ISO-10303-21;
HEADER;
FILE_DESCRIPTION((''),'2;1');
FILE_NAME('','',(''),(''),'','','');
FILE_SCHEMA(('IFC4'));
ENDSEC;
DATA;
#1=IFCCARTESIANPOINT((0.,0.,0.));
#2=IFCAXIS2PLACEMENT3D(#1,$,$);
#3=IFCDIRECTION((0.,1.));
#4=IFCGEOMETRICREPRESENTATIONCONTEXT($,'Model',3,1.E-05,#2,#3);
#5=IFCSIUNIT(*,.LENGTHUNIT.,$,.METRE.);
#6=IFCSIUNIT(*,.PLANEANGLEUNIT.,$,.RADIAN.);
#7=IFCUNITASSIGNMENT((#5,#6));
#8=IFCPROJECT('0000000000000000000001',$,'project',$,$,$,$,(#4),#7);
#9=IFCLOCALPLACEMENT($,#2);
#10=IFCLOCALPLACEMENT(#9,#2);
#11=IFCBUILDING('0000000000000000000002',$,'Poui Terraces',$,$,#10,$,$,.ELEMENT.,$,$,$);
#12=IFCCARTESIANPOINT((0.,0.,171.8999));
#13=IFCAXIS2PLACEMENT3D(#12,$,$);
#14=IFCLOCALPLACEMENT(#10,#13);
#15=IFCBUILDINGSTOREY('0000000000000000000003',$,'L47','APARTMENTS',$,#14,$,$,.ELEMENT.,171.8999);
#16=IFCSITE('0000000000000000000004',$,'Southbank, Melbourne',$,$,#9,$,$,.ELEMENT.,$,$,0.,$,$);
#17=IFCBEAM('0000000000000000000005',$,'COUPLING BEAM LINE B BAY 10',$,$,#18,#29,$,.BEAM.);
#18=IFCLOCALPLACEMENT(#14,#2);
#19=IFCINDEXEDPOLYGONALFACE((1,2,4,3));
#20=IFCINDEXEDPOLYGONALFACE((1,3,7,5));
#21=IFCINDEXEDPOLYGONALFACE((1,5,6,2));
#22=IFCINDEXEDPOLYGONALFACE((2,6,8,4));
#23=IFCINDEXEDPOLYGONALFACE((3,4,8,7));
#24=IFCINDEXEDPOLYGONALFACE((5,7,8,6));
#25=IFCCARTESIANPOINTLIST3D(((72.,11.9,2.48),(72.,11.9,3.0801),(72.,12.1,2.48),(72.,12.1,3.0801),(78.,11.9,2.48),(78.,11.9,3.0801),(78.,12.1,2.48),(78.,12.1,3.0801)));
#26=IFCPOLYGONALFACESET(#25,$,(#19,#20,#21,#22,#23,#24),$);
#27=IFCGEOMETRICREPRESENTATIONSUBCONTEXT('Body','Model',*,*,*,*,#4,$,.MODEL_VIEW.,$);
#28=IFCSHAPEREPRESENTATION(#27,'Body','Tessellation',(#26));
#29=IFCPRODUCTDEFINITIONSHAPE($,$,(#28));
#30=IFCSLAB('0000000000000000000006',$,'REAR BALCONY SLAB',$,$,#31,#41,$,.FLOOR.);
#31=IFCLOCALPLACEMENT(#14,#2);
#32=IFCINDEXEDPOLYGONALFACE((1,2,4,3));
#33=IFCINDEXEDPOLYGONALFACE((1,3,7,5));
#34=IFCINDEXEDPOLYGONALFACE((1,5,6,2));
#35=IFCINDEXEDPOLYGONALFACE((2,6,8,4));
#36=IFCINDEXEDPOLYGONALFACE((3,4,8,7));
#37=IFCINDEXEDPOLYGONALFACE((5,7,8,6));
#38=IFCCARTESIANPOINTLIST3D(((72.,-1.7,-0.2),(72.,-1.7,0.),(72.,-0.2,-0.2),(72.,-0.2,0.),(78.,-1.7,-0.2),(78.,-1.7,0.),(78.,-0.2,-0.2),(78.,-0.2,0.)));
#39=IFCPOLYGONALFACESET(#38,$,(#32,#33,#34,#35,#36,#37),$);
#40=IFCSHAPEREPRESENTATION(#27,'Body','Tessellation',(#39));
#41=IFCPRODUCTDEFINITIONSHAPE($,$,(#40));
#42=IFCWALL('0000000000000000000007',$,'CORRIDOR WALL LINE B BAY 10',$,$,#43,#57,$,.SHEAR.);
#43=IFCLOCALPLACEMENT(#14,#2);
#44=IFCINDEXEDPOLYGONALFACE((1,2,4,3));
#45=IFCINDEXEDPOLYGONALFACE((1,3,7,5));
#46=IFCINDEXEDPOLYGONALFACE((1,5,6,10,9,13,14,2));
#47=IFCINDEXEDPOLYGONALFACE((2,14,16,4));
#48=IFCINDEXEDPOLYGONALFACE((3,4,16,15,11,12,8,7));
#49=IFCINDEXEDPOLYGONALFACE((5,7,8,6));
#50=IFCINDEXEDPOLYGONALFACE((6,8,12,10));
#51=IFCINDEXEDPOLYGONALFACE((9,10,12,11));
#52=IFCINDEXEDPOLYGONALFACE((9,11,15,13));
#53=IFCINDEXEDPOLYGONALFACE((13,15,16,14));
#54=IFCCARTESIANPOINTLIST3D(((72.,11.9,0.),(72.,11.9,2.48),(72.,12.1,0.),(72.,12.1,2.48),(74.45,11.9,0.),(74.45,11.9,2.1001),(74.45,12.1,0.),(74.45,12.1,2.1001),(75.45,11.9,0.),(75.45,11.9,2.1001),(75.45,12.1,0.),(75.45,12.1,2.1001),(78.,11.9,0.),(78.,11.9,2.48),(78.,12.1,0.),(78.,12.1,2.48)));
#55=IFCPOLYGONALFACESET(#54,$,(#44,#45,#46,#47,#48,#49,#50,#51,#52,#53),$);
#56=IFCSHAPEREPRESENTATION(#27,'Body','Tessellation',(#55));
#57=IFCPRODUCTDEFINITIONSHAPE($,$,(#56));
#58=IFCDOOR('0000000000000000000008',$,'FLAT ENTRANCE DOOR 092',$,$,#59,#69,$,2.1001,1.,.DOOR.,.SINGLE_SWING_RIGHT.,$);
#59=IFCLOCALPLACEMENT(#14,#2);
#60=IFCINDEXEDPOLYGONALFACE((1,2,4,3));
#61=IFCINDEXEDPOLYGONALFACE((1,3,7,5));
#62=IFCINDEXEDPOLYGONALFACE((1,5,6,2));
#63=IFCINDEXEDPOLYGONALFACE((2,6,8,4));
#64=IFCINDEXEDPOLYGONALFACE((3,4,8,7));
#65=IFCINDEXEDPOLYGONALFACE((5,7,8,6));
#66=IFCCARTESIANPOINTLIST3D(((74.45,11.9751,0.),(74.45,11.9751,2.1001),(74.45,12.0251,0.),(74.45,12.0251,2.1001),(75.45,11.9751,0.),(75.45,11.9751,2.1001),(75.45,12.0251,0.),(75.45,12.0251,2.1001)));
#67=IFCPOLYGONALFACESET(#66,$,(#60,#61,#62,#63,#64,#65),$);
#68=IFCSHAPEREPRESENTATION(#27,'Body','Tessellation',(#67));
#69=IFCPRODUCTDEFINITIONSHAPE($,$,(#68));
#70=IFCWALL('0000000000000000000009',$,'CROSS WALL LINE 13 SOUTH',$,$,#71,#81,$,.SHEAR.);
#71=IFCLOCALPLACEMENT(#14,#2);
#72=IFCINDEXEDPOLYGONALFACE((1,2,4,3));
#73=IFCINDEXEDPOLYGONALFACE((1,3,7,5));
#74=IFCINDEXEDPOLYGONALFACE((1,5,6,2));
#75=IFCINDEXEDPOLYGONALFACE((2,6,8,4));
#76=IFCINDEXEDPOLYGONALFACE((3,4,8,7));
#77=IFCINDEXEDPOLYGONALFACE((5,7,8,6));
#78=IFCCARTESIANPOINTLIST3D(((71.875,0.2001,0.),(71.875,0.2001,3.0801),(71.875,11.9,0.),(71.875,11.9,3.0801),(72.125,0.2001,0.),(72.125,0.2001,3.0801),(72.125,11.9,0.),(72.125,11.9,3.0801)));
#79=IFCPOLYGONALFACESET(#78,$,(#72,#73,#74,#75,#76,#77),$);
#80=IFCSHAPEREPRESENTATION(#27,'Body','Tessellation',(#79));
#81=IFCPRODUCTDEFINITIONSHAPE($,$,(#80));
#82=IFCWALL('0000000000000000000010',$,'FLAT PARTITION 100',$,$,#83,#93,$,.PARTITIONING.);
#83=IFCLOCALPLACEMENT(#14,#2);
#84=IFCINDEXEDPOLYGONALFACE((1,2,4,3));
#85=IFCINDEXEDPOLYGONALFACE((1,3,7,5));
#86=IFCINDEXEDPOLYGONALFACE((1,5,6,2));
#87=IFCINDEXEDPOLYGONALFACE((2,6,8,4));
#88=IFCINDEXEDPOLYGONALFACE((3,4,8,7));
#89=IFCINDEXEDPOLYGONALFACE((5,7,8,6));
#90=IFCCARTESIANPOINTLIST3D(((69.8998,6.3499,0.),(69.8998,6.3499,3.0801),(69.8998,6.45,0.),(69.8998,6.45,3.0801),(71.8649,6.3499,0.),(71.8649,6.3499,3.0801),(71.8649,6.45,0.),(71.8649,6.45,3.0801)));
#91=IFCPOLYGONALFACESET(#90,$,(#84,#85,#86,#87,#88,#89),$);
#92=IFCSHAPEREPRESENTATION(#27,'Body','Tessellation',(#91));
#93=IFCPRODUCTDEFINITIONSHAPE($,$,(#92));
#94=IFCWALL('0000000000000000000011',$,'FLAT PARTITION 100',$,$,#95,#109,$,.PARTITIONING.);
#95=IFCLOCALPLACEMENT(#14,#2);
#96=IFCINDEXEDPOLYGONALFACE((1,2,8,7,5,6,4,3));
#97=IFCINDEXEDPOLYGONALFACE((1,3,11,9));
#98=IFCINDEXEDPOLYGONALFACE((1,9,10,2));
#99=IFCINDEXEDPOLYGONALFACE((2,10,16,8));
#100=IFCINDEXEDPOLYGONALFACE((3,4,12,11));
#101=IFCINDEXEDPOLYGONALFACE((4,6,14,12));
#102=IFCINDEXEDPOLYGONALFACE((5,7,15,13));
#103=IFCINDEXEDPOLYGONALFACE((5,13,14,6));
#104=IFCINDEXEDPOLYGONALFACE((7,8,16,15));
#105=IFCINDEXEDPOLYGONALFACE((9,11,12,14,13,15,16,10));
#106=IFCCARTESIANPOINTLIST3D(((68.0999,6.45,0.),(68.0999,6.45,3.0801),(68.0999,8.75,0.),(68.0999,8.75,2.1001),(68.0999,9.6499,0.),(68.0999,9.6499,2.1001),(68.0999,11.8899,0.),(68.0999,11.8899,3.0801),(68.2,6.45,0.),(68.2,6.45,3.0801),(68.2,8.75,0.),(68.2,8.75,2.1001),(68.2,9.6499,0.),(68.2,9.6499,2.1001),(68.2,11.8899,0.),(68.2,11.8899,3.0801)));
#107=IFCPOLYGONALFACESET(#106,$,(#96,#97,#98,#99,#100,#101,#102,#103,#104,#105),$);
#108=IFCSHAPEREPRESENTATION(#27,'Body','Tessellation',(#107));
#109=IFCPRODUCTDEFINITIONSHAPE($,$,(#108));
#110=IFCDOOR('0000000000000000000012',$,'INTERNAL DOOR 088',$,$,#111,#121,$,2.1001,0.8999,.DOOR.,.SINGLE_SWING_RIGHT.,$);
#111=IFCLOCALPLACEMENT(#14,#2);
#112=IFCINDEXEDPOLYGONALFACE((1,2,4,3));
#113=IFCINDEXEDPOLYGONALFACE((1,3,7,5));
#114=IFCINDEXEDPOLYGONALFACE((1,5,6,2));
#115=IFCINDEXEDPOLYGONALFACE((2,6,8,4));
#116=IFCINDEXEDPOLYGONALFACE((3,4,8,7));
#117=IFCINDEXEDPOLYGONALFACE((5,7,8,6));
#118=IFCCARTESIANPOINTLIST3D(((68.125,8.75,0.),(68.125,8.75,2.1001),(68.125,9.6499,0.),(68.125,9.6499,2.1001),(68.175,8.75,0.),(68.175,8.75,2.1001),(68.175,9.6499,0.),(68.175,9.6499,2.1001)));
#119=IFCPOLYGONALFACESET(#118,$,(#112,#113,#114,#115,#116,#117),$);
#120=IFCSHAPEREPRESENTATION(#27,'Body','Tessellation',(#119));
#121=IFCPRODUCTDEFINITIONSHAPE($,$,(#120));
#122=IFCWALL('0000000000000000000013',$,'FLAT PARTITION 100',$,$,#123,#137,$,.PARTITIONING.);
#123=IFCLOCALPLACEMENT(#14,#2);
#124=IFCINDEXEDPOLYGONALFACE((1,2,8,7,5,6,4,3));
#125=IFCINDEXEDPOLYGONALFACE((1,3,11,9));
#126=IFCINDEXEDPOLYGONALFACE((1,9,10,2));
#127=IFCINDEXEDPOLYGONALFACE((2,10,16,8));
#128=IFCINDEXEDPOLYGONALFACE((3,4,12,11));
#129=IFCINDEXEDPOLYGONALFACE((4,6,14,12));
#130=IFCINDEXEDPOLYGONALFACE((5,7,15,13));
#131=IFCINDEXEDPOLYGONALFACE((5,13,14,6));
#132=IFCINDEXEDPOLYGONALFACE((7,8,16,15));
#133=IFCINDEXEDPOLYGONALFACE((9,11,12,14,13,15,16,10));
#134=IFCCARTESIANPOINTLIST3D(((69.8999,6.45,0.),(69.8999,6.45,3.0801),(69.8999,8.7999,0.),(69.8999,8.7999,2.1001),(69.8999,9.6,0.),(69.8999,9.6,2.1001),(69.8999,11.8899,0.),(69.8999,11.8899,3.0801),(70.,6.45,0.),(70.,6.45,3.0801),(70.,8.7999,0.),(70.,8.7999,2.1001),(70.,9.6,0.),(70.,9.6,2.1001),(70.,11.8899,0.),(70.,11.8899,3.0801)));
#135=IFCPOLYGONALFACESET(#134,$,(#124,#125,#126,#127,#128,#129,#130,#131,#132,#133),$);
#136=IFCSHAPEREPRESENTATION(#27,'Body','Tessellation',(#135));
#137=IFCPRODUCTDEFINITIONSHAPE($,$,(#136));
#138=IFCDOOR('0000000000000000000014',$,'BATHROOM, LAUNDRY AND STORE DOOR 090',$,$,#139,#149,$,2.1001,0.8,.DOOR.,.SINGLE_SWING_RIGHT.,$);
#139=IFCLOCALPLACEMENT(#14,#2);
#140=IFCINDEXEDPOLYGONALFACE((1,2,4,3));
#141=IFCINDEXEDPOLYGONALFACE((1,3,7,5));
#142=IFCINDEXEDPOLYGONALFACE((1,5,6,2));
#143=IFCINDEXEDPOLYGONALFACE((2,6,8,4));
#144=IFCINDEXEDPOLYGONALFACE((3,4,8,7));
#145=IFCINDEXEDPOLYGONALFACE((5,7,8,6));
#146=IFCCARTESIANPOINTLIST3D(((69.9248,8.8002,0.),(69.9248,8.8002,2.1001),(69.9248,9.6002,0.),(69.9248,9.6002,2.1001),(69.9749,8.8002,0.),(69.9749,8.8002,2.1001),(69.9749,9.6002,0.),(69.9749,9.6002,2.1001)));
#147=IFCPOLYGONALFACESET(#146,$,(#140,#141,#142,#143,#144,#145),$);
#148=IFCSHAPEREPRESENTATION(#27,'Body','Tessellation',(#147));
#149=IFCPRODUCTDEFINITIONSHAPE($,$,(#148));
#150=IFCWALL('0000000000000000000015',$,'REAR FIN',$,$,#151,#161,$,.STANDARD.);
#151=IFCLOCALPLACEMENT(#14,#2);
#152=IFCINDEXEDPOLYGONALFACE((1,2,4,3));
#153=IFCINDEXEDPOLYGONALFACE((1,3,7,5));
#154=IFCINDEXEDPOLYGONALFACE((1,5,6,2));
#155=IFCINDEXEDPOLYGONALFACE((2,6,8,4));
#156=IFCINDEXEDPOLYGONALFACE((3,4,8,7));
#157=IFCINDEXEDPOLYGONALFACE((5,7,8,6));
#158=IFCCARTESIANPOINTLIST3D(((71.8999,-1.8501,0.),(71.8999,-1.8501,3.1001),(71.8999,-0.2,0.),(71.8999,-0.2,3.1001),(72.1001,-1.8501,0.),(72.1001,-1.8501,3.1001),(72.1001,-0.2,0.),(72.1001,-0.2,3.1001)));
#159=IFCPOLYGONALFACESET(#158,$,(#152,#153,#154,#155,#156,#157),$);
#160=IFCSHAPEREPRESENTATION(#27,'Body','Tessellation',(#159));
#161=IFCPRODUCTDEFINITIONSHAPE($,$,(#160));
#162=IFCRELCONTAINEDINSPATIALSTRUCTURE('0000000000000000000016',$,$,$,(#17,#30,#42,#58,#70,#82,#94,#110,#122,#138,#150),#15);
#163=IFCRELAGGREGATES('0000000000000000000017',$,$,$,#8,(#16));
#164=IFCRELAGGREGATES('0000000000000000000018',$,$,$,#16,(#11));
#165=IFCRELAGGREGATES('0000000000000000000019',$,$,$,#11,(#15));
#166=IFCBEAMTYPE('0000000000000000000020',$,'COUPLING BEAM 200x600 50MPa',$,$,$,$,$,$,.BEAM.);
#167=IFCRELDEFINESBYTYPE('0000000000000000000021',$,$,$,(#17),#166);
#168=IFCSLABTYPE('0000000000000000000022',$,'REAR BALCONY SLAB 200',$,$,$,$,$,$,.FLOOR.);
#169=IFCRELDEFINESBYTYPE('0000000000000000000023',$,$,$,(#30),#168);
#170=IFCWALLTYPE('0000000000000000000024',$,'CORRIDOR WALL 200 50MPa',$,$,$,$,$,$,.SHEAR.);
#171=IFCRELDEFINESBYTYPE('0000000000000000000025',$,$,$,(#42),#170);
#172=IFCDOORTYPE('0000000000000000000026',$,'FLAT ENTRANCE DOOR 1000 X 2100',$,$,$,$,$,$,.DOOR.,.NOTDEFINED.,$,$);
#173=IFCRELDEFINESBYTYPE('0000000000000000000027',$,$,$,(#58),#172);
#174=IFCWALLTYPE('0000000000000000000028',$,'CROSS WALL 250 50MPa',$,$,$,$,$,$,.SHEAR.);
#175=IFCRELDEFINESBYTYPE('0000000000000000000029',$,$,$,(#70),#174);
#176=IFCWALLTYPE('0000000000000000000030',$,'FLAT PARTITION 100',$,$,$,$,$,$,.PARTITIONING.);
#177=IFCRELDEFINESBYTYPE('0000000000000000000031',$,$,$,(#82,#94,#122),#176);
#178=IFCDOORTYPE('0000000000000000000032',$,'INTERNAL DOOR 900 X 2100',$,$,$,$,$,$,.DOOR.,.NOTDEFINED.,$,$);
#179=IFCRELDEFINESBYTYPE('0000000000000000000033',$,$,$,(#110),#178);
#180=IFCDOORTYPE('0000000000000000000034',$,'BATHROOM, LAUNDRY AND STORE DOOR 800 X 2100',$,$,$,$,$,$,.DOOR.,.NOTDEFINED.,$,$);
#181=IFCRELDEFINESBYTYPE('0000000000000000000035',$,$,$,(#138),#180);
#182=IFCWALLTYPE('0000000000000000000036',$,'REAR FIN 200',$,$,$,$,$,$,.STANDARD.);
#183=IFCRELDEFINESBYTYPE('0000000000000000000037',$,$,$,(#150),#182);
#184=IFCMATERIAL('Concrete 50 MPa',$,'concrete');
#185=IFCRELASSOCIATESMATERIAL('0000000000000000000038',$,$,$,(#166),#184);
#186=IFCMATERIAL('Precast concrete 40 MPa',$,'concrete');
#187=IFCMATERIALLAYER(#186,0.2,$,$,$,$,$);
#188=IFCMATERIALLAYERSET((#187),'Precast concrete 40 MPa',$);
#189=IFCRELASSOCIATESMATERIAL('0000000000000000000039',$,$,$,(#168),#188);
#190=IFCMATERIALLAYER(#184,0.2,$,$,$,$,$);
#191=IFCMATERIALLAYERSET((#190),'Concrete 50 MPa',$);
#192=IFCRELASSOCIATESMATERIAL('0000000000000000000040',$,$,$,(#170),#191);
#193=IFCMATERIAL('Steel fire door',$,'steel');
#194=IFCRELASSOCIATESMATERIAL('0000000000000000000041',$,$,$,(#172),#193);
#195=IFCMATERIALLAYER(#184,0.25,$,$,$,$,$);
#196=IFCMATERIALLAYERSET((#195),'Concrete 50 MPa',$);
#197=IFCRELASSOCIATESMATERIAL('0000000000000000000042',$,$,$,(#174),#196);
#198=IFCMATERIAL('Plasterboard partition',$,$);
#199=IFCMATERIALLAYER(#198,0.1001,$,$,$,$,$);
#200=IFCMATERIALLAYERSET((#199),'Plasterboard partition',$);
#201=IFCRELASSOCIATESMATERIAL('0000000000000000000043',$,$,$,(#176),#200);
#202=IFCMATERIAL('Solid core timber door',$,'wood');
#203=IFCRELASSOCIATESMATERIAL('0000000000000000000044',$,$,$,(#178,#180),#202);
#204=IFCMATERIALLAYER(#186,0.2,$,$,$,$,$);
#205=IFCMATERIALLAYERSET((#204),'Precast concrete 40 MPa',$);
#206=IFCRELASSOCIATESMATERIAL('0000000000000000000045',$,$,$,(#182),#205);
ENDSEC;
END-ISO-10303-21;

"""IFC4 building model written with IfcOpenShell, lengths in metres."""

from ifc_helpers import new_model, si_unit, direction, frame, frame_2d, origin, origin_2d, place, context, subcontext, project, spatial, polyline, rectangle, outline, extrude, source, transform, mapped, material, layer, layer_set, material_profile, profile_set, type_object, element, fill, save


model = new_model("IFC4")

# Units and contexts
model_context = context("Model", 3, precision=1e-05, world=origin(), true_north=direction((0.0, 1.0)))
body_context = subcontext(model_context, "Body", "Model", "MODEL_VIEW")
ifc_project = project(units=[si_unit("LENGTHUNIT", "METRE"), si_unit("PLANEANGLEUNIT", "RADIAN")], contexts=[model_context])

# Site, building, storey
site_placement = place(None, origin())
site = spatial("IfcSite", under=ifc_project, at=site_placement, Name="Southbank, Melbourne", CompositionType="ELEMENT", RefElevation=0.0)
building_placement = place(site_placement, origin())
building = spatial("IfcBuilding", under=site, at=building_placement, Name="Poui Terraces", CompositionType="ELEMENT")
storey_placement = place(building_placement, frame((0.0, 0.0, 171.8999)))
storey = spatial("IfcBuildingStorey", under=building, at=storey_placement, Name="L47", Description="APARTMENTS", CompositionType="ELEMENT", Elevation=171.8999)

# Beam
ifc_material_1 = material(Name="Concrete 50 MPa", Category="concrete")
ifc_material_profile = material_profile(ifc_material_1, rectangle(XDim=0.2, YDim=0.6001, at=origin_2d()), Name="RC 200x600")
ifc_profile_set = profile_set([ifc_material_profile], Name="Concrete 50 MPa")
beam_type = type_object("IfcBeamType", Name="COUPLING BEAM 200x600 50MPa", PredefinedType="BEAM", material=ifc_profile_set)
shared_shape_1 = source(origin(), body_context, "Body", "SweptSolid", [
    extrude(rectangle(XDim=0.2, YDim=0.6001, at=origin_2d()), origin(), (0.0, 0.0, 1.0), 6.0),
])
beam_placement = place(storey_placement, frame((72.0, 12.0, 2.78), z_axis=(1.0, 0.0, 0.0), x_axis=(0.0, 1.0, 0.0)))
element("IfcBeam", 1, at=beam_placement, inside=storey, type_object=beam_type, Name="COUPLING BEAM LINE B BAY 10", PredefinedType="BEAM", context=body_context, shape_type="MappedRepresentation", body=[
    mapped(shared_shape_1, transform((0.0, 0.0, 0.0))),
])

# Slab
ifc_material_2 = material(Name="Precast concrete 40 MPa", Category="concrete")
ifc_layer_1 = layer(ifc_material_2, 0.2)
ifc_layer_set_1 = layer_set([ifc_layer_1], Name="Precast concrete 40 MPa")
slab_type = type_object("IfcSlabType", Name="REAR BALCONY SLAB 200", PredefinedType="FLOOR", material=ifc_layer_set_1)
shared_shape_2 = source(origin(), body_context, "Body", "SweptSolid", [
    extrude(outline(polyline([(0.0, 0.0), (6.0, 0.0), (6.0, 1.5), (0.0, 1.5), (0.0, 0.0)])), origin(), (0.0, 0.0, 1.0), 0.2),
])
slab_placement = place(storey_placement, frame((72.0, -1.7, -0.2)))
element("IfcSlab", 2, at=slab_placement, inside=storey, type_object=slab_type, Name="REAR BALCONY SLAB", PredefinedType="FLOOR", context=body_context, shape_type="MappedRepresentation", body=[
    mapped(shared_shape_2, transform((0.0, 0.0, 0.0))),
])

# Wall, opening, door
ifc_layer_2 = layer(ifc_material_1, 0.2)
ifc_layer_set_2 = layer_set([ifc_layer_2], Name="Concrete 50 MPa")
wall_type_1 = type_object("IfcWallType", Name="CORRIDOR WALL 200 50MPa", PredefinedType="SHEAR", material=ifc_layer_set_2)
wall_1_placement = place(storey_placement, frame((72.0, 12.0, 0.0), z_axis=(0.0, 0.0, 1.0), x_axis=(1.0, 0.0, 0.0)))
wall_1 = element("IfcWall", 3, at=wall_1_placement, inside=storey, type_object=wall_type_1, Name="CORRIDOR WALL LINE B BAY 10", PredefinedType="SHEAR", context=body_context, shape_type="SweptSolid", body=[
    extrude(rectangle(XDim=6.0, YDim=0.2, at=frame_2d((3.0, 0.0))), origin(), (0.0, 0.0, 1.0), 2.48),
])
opening_1_placement = place(wall_1_placement, frame((2.45, 0.0, 0.0)))
opening_1 = element("IfcOpeningElement", 4, at=opening_1_placement, cuts=wall_1, PredefinedType="OPENING", context=body_context, shape_type="SweptSolid", body=[
    extrude(rectangle(XDim=1.0, YDim=2.1001, at=frame_2d((0.5, 1.05))), frame((0.0, 0.1099, 0.0), z_axis=(0.0, -1.0, 0.0), x_axis=(1.0, 0.0, 0.0)), (0.0, 0.0, 1.0), 0.22),
])
ifc_material_3 = material(Name="Steel fire door", Category="steel")
door_type_1 = type_object("IfcDoorType", Name="FLAT ENTRANCE DOOR 1000 X 2100", OperationType="NOTDEFINED", PredefinedType="DOOR", material=ifc_material_3)
door_1_placement = place(opening_1_placement, frame((1.0, 0.0, 0.0), z_axis=(0.0, 0.0, 1.0), x_axis=(-1.0, 0.0, 0.0)))
door_1 = element("IfcDoor", 5, at=door_1_placement, inside=storey, type_object=door_type_1, Name="FLAT ENTRANCE DOOR 092", OperationType="SINGLE_SWING_RIGHT", OverallHeight=2.1001, OverallWidth=1.0, PredefinedType="DOOR", context=body_context, shape_type="SweptSolid", body=[
    extrude(rectangle(XDim=1.0, YDim=2.1001, at=frame_2d((0.5, 1.05))), frame((0.0, 0.0249, 0.0), z_axis=(0.0, -1.0, 0.0), x_axis=(1.0, 0.0, 0.0)), (0.0, 0.0, 1.0), 0.05),
])
fill(opening_1, door_1)

# Walls
ifc_layer_3 = layer(ifc_material_1, 0.25)
ifc_layer_set_3 = layer_set([ifc_layer_3], Name="Concrete 50 MPa")
wall_type_2 = type_object("IfcWallType", Name="CROSS WALL 250 50MPa", PredefinedType="SHEAR", material=ifc_layer_set_3)
wall_2_placement = place(storey_placement, frame((72.0, 0.2, 0.0), z_axis=(0.0, 0.0, 1.0), x_axis=(0.0, 1.0, 0.0)))
element("IfcWall", 6, at=wall_2_placement, inside=storey, type_object=wall_type_2, Name="CROSS WALL LINE 13 SOUTH", PredefinedType="SHEAR", context=body_context, shape_type="SweptSolid", body=[
    extrude(rectangle(XDim=11.7, YDim=0.25, at=frame_2d((5.8501, 0.0))), origin(), (0.0, 0.0, 1.0), 3.0801),
])
ifc_material_4 = material(Name="Plasterboard partition")
ifc_layer_4 = layer(ifc_material_4, 0.1001)
ifc_layer_set_4 = layer_set([ifc_layer_4], Name="Plasterboard partition")
wall_type_3 = type_object("IfcWallType", Name="FLAT PARTITION 100", PredefinedType="PARTITIONING", material=ifc_layer_set_4)
wall_3_placement = place(storey_placement, frame((69.8999, 6.3999, 0.0), z_axis=(0.0, 0.0, 1.0), x_axis=(1.0, 0.0, 0.0)))
element("IfcWall", 7, at=wall_3_placement, inside=storey, type_object=wall_type_3, Name="FLAT PARTITION 100", PredefinedType="PARTITIONING", context=body_context, shape_type="SweptSolid", body=[
    extrude(rectangle(XDim=1.9651, YDim=0.1001, at=frame_2d((0.9824, 0.0))), origin(), (0.0, 0.0, 1.0), 3.0801),
])

# Walls, openings, doors
wall_4_placement = place(storey_placement, frame((68.1499, 6.45, 0.0), z_axis=(0.0, 0.0, 1.0), x_axis=(0.0, 1.0, 0.0)))
wall_4 = element("IfcWall", 8, at=wall_4_placement, inside=storey, type_object=wall_type_3, Name="FLAT PARTITION 100", PredefinedType="PARTITIONING", context=body_context, shape_type="SweptSolid", body=[
    extrude(rectangle(XDim=5.4399, YDim=0.1001, at=frame_2d((2.72, 0.0))), origin(), (0.0, 0.0, 1.0), 3.0801),
])
opening_2_placement = place(wall_4_placement, frame((2.3, 0.0, 0.0)))
opening_2 = element("IfcOpeningElement", 9, at=opening_2_placement, cuts=wall_4, PredefinedType="OPENING", context=body_context, shape_type="SweptSolid", body=[
    extrude(rectangle(XDim=0.8999, YDim=2.1001, at=frame_2d((0.45, 1.05))), frame((0.0, 0.0601, 0.0), z_axis=(0.0, -1.0, 0.0), x_axis=(1.0, 0.0, 0.0)), (0.0, 0.0, 1.0), 0.1201),
])
ifc_material_5 = material(Name="Solid core timber door", Category="wood")
door_type_2 = type_object("IfcDoorType", Name="INTERNAL DOOR 900 X 2100", OperationType="NOTDEFINED", PredefinedType="DOOR", material=ifc_material_5)
door_2_placement = place(opening_2_placement, origin())
door_2 = element("IfcDoor", 10, at=door_2_placement, inside=storey, type_object=door_type_2, Name="INTERNAL DOOR 088", OperationType="SINGLE_SWING_RIGHT", OverallHeight=2.1001, OverallWidth=0.8999, PredefinedType="DOOR", context=body_context, shape_type="SweptSolid", body=[
    extrude(rectangle(XDim=0.8999, YDim=2.1001, at=frame_2d((0.45, 1.05))), frame((0.0, 0.0249, 0.0), z_axis=(0.0, -1.0, 0.0), x_axis=(1.0, 0.0, 0.0)), (0.0, 0.0, 1.0), 0.05),
])
fill(opening_2, door_2)
wall_5_placement = place(storey_placement, frame((69.95, 6.45, 0.0), z_axis=(0.0, 0.0, 1.0), x_axis=(0.0, 1.0, 0.0)))
wall_5 = element("IfcWall", 11, at=wall_5_placement, inside=storey, type_object=wall_type_3, Name="FLAT PARTITION 100", PredefinedType="PARTITIONING", context=body_context, shape_type="SweptSolid", body=[
    extrude(rectangle(XDim=5.4399, YDim=0.1001, at=frame_2d((2.72, 0.0))), origin(), (0.0, 0.0, 1.0), 3.0801),
])
opening_3_placement = place(wall_5_placement, frame((2.3501, 0.0, 0.0)))
opening_3 = element("IfcOpeningElement", 12, at=opening_3_placement, cuts=wall_5, PredefinedType="OPENING", context=body_context, shape_type="SweptSolid", body=[
    extrude(rectangle(XDim=0.8, YDim=2.1001, at=frame_2d((0.3999, 1.05))), frame((0.0, 0.0601, 0.0), z_axis=(0.0, -1.0, 0.0), x_axis=(1.0, 0.0, 0.0)), (0.0, 0.0, 1.0), 0.1201),
])
door_type_3 = type_object("IfcDoorType", Name="BATHROOM, LAUNDRY AND STORE DOOR 800 X 2100", OperationType="NOTDEFINED", PredefinedType="DOOR", material=ifc_material_5)
door_3_placement = place(opening_3_placement, frame((0.8, 0.0, 0.0), z_axis=(0.0, 0.0, 1.0), x_axis=(-1.0, 0.0, 0.0)))
door_3 = element("IfcDoor", 13, at=door_3_placement, inside=storey, type_object=door_type_3, Name="BATHROOM, LAUNDRY AND STORE DOOR 090", OperationType="SINGLE_SWING_RIGHT", OverallHeight=2.1001, OverallWidth=0.8, PredefinedType="DOOR", context=body_context, shape_type="SweptSolid", body=[
    extrude(rectangle(XDim=0.8, YDim=2.1001, at=frame_2d((0.3999, 1.05))), frame((0.0, 0.0249, 0.0), z_axis=(0.0, -1.0, 0.0), x_axis=(1.0, 0.0, 0.0)), (0.0, 0.0, 1.0), 0.05),
])
fill(opening_3, door_3)

# Wall
ifc_layer_5 = layer(ifc_material_2, 0.2)
ifc_layer_set_5 = layer_set([ifc_layer_5], Name="Precast concrete 40 MPa")
wall_type_4 = type_object("IfcWallType", Name="REAR FIN 200", PredefinedType="STANDARD", material=ifc_layer_set_5)
shared_shape_3 = source(origin(), body_context, "Body", "SweptSolid", [
    extrude(outline(polyline([(0.0, 0.0), (0.2002, 0.0), (0.2002, 1.6501), (0.0, 1.6501), (0.0, 0.0)])), origin(), (0.0, 0.0, 1.0), 3.1001),
])
wall_6_placement = place(storey_placement, frame((71.8999, -1.8501, 0.0)))
element("IfcWall", 14, at=wall_6_placement, inside=storey, type_object=wall_type_4, Name="REAR FIN", PredefinedType="STANDARD", context=body_context, shape_type="MappedRepresentation", body=[
    mapped(shared_shape_3, transform((0.0, 0.0, 0.0))),
])

save(model, "model.ifc")
